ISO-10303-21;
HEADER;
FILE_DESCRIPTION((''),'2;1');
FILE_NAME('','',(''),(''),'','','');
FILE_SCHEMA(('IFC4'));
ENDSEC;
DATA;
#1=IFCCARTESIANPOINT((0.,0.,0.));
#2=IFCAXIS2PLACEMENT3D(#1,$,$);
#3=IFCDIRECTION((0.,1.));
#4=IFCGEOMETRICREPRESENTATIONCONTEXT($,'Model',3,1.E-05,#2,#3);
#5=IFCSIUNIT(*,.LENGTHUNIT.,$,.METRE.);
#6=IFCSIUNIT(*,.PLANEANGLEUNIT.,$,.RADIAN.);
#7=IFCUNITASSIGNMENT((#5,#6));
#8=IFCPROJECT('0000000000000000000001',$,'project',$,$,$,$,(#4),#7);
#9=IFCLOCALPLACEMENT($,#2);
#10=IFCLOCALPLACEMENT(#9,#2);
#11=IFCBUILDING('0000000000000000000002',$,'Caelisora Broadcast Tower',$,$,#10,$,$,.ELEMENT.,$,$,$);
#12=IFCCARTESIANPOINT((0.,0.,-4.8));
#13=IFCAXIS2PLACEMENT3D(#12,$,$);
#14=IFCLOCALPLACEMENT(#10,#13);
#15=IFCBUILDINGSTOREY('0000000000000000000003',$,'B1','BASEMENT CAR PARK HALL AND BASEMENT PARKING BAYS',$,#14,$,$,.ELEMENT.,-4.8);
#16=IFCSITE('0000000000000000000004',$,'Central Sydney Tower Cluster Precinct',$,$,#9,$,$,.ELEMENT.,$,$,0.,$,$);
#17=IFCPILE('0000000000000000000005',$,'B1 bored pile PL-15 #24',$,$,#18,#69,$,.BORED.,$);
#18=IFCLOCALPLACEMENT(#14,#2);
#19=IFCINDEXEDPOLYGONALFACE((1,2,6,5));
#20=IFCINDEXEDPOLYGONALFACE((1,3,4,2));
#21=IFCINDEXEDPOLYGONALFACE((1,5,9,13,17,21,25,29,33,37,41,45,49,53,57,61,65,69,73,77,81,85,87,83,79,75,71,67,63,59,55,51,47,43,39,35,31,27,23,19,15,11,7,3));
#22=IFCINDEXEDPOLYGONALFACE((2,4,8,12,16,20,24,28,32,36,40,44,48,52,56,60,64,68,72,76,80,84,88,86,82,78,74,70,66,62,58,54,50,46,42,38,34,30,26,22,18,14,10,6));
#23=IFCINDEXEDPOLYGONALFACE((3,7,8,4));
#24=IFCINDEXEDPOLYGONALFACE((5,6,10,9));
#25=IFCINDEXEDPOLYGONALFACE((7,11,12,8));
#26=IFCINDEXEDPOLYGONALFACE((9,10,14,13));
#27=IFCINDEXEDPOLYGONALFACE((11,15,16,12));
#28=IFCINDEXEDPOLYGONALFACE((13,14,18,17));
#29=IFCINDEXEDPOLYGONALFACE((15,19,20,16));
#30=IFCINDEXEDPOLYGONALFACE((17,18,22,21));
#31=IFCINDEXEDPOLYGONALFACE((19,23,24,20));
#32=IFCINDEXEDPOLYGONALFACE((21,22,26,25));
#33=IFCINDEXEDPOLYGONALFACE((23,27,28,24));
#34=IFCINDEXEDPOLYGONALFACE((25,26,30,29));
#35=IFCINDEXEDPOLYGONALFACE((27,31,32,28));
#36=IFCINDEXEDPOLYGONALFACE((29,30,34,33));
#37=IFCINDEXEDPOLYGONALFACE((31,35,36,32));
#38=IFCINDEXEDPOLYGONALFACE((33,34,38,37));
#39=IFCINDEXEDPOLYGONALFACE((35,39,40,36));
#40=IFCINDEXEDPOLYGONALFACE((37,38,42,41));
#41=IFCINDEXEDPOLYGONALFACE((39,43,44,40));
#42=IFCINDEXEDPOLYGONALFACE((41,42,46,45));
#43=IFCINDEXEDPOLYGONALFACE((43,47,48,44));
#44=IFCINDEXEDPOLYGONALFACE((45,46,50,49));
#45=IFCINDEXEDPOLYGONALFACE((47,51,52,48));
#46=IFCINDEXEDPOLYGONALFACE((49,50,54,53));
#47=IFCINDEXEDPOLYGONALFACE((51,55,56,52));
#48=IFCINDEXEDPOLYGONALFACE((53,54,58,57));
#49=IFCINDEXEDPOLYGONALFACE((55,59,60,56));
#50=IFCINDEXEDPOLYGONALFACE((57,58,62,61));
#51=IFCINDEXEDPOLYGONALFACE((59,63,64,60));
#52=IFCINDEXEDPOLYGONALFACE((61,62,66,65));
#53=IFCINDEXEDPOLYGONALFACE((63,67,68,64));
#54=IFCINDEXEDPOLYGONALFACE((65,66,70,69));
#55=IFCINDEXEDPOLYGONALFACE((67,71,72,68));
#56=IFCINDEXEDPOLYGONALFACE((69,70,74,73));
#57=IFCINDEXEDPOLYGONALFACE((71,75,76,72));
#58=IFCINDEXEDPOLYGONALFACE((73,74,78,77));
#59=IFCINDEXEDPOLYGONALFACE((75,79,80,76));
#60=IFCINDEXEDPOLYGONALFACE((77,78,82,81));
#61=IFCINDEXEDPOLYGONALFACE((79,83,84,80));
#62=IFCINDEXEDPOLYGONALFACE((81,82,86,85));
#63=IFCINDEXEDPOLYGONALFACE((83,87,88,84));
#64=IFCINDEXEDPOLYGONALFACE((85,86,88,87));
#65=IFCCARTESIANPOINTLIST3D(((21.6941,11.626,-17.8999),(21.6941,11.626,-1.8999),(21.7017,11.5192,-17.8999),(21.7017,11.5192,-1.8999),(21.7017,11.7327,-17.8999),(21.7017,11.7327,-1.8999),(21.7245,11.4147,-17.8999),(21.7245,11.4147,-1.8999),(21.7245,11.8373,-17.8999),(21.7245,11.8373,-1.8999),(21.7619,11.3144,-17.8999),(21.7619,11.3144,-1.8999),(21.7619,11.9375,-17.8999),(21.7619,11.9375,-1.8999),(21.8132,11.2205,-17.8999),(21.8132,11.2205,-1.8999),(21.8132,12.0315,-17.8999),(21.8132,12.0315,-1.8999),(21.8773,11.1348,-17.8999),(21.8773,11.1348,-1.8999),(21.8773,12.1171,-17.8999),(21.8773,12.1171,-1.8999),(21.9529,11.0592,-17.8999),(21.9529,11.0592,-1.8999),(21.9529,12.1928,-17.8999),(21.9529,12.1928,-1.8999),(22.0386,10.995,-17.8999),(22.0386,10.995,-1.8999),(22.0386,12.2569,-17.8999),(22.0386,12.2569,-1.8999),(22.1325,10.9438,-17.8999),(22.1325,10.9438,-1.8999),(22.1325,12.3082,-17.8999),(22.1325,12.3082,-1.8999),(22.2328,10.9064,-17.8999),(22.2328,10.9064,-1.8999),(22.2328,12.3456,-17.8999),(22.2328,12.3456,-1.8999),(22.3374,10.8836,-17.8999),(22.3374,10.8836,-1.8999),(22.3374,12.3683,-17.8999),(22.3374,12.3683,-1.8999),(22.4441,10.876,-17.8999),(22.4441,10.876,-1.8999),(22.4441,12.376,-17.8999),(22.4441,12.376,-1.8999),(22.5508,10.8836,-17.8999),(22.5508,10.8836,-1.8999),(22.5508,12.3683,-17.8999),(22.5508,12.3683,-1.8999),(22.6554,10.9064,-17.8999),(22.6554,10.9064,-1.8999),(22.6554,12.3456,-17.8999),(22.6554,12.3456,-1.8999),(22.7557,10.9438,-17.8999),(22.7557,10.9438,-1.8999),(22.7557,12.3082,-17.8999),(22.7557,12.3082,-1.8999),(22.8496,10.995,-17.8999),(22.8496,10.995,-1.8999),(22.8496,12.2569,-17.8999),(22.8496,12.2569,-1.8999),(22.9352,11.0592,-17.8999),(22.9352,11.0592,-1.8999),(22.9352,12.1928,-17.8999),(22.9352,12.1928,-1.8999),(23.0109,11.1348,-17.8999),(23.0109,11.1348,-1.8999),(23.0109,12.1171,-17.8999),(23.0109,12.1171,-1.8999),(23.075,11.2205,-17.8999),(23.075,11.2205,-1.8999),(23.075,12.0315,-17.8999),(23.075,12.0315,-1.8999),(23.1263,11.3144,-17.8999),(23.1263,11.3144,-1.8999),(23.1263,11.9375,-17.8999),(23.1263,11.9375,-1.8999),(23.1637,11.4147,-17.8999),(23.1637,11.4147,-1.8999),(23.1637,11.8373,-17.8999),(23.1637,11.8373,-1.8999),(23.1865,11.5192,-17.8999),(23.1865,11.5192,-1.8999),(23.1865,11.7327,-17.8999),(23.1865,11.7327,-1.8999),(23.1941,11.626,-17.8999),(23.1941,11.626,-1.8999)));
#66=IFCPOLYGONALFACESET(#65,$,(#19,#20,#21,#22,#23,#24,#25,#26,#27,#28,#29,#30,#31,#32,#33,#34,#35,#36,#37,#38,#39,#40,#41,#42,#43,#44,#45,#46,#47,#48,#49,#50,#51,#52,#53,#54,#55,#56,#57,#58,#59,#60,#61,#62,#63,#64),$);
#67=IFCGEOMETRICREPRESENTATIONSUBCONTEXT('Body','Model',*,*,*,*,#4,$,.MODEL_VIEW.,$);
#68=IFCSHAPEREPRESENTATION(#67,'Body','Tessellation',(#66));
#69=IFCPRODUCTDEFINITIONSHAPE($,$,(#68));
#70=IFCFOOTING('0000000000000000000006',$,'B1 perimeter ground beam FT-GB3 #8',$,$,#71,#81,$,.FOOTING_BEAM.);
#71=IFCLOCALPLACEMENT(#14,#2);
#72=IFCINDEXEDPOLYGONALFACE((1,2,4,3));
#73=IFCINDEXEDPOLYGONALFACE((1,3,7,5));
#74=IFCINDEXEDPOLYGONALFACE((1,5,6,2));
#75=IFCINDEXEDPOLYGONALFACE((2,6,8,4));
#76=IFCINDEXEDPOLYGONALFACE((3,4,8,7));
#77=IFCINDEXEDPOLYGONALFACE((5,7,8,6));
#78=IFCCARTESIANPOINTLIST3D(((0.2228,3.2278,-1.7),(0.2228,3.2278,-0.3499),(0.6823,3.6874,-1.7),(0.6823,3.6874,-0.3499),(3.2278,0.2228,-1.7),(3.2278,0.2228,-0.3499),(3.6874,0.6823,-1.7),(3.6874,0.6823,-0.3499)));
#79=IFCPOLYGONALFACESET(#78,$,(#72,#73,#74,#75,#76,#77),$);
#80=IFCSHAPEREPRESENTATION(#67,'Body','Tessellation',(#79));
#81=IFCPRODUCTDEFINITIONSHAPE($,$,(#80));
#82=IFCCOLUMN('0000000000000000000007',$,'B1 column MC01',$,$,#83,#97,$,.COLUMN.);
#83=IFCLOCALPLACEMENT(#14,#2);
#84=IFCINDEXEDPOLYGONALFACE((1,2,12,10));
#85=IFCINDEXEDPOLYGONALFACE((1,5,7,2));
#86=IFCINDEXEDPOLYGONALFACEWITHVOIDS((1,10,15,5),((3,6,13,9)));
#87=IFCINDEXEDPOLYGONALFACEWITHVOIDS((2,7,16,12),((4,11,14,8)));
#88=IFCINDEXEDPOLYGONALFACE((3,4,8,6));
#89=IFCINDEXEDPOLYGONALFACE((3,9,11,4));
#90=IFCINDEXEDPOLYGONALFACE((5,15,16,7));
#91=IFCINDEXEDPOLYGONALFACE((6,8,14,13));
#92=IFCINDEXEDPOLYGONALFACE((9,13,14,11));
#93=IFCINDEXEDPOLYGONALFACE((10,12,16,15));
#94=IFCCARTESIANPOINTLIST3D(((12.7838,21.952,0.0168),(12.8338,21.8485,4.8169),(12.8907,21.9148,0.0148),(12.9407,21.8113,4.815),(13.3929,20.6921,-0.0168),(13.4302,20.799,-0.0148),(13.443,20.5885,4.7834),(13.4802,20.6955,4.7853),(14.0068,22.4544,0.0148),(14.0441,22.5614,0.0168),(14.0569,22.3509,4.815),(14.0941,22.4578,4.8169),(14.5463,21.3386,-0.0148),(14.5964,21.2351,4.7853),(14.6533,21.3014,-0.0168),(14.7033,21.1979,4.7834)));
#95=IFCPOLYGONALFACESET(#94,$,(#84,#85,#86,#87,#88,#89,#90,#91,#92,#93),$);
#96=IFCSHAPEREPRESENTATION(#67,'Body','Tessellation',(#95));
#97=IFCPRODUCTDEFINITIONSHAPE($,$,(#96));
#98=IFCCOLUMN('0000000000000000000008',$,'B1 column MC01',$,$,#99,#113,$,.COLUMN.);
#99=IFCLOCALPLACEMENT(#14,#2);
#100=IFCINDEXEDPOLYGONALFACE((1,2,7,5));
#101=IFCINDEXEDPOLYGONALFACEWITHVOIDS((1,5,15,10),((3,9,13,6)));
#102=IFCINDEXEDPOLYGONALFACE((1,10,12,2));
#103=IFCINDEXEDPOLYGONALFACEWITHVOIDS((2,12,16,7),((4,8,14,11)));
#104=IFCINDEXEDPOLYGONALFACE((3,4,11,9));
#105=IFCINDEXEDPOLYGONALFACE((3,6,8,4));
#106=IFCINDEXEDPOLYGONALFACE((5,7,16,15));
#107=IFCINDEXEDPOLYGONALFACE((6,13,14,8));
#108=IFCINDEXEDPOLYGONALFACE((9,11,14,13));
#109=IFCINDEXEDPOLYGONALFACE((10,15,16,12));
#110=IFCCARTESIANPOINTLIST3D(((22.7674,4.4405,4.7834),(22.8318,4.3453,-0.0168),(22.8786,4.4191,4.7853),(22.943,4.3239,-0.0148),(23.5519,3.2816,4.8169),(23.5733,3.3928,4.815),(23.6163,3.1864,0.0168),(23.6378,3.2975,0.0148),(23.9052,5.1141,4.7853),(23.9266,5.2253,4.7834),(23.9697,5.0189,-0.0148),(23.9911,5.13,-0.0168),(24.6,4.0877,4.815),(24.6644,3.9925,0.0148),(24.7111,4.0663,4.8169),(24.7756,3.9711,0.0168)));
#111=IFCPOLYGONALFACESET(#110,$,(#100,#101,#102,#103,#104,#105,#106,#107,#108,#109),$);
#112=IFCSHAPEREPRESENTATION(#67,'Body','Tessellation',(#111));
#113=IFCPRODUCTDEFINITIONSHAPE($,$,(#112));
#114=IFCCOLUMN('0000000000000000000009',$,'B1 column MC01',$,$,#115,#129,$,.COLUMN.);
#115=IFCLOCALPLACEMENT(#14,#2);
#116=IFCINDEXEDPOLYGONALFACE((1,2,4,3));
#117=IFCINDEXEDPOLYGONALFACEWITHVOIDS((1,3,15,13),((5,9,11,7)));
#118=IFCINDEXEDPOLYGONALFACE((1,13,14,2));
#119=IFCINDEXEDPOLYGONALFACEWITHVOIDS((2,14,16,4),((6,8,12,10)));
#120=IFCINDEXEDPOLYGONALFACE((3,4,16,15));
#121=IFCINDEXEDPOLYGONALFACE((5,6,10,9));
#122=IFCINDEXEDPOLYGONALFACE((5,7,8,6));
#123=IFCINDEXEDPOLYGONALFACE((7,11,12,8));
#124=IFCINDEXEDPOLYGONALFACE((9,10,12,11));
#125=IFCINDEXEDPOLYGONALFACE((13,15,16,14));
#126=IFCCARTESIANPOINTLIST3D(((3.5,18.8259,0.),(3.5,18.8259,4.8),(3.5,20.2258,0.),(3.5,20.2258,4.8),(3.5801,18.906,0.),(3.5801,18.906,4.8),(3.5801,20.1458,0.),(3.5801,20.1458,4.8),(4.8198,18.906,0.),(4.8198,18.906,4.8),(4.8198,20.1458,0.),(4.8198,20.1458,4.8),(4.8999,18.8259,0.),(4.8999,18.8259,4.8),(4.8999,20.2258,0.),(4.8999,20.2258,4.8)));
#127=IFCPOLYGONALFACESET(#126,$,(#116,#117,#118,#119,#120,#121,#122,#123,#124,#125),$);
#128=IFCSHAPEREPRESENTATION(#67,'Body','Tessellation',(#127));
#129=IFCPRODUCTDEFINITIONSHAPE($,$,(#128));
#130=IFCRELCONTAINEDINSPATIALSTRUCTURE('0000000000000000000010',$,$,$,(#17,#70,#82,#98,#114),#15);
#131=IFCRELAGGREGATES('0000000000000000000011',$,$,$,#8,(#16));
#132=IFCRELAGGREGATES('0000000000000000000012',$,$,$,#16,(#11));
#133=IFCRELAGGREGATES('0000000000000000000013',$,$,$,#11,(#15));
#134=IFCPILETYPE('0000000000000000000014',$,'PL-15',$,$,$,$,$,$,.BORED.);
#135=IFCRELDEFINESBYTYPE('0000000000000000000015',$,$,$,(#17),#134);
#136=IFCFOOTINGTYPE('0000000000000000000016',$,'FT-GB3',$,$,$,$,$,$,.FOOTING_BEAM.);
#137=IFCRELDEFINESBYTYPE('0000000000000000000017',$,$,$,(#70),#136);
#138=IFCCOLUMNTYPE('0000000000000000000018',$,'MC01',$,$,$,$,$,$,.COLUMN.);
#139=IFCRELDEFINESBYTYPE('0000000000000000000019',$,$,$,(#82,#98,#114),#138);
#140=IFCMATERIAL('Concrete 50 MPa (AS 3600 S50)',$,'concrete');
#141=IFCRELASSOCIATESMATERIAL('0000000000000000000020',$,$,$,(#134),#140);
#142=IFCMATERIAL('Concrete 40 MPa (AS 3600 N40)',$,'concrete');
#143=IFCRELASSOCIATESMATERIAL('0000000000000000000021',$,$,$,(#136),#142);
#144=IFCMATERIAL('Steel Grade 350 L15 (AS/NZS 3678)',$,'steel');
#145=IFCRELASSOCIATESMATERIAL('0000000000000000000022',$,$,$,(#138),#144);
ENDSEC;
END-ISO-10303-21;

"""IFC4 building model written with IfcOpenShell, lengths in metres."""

from ifc_helpers import new_model, si_unit, direction, frame, origin, origin_2d, place, context, subcontext, project, spatial, rectangle, hollow_rectangle, circle, extrude, source, transform, mapped, material, material_profile, profile_set, type_object, type_shapes, element, save


model = new_model("IFC4")

# Units and contexts
model_context = context("Model", 3, precision=1e-05, world=origin(), true_north=direction((0.0, 1.0)))
body_context = subcontext(model_context, "Body", "Model", "MODEL_VIEW")
ifc_project = project(units=[si_unit("LENGTHUNIT", "METRE"), si_unit("PLANEANGLEUNIT", "RADIAN")], contexts=[model_context])

# Site, building, storey
site_placement = place(None, origin())
site = spatial("IfcSite", under=ifc_project, at=site_placement, Name="Central Sydney Tower Cluster Precinct", CompositionType="ELEMENT", RefElevation=0.0)
building_placement = place(site_placement, origin())
building = spatial("IfcBuilding", under=site, at=building_placement, Name="Caelisora Broadcast Tower", CompositionType="ELEMENT")
storey_placement = place(building_placement, frame((0.0, 0.0, -4.8)))
storey = spatial("IfcBuildingStorey", under=building, at=storey_placement, Name="B1", Description="BASEMENT CAR PARK HALL AND BASEMENT PARKING BAYS", CompositionType="ELEMENT", Elevation=-4.8)

# Shared definitions
ifc_material_1 = material(Name="Concrete 50 MPa (AS 3600 S50)", Category="concrete")

# Pile
ifc_material_profile_1 = material_profile(ifc_material_1, circle(Radius=0.75, at=origin_2d()), Name="Concrete 50 MPa (AS 3600 S50)")
ifc_profile_set_1 = profile_set([ifc_material_profile_1], Name="Concrete 50 MPa (AS 3600 S50)")
pile_type_1 = type_object("IfcPileType", Name="PL-15", PredefinedType="BORED", material=ifc_profile_set_1)
for number, where, z_axis, x_axis, name in (
    (1, (22.4441, 11.626, -1.8999), (0.0, 0.0, -1.0), (1.0, 0.0, 0.0), "B1 bored pile PL-15 #24"),
):
    element("IfcPile", number, at=place(storey_placement, frame(where, z_axis=z_axis, x_axis=x_axis)), inside=storey, type_object=pile_type_1, Name=name, PredefinedType="BORED", context=body_context, shape_type="SweptSolid", body=[
        extrude(circle(Radius=0.75, at=origin_2d()), origin(), (0.0, 0.0, 1.0), 16.0),
    ])

# Footing
ifc_material_2 = material(Name="Concrete 40 MPa (AS 3600 N40)", Category="concrete")
footing_type_1 = type_object("IfcFootingType", Name="FT-GB3", PredefinedType="FOOTING_BEAM", material=ifc_material_2)
shared_shape_1 = source(origin(), body_context, "Body", "SweptSolid", [
    extrude(rectangle(XDim=4.2498, YDim=0.6499, at=origin_2d()), origin(), (0.0, 0.0, 1.0), 1.3501),
])
type_shapes(footing_type_1, [shared_shape_1])
footing_1_placement = place(storey_placement, frame((1.9551, 1.9551, -1.7), z_axis=(0.0, 0.0, 1.0), x_axis=(0.707107, -0.707107, 0.0)))
element("IfcFooting", 2, at=footing_1_placement, inside=storey, type_object=footing_type_1, Name="B1 perimeter ground beam FT-GB3 #8", PredefinedType="FOOTING_BEAM", context=body_context, shape_type="MappedRepresentation", body=[
    mapped(shared_shape_1, transform((0.0, 0.0, 0.0), scale=1.0)),
])

# Columns
ifc_material_3 = material(Name="Steel Grade 350 L15 (AS/NZS 3678)", Category="steel")
ifc_material_profile_2 = material_profile(ifc_material_3, hollow_rectangle(XDim=1.3999, YDim=1.3999, WallThickness=0.0801, at=origin_2d()), Name="Steel Grade 350 L15 (AS/NZS 3678)")
ifc_profile_set_2 = profile_set([ifc_material_profile_2], Name="Steel Grade 350 L15 (AS/NZS 3678)")
column_type_1 = type_object("IfcColumnType", Name="MC01", PredefinedType="COLUMN", material=ifc_profile_set_2)
shared_shape_2 = source(origin(), body_context, "Body", "SweptSolid", [
    extrude(hollow_rectangle(XDim=1.3999, YDim=1.3999, WallThickness=0.0801, at=origin_2d()), origin(), (0.0, 0.0, 1.0), 4.8015),
])
for number, where, z_axis, x_axis, name in (
    (3, (13.7185, 21.6267, 0.0), (0.010424, -0.021559, 0.999713), (0.900293, 0.435283, 0.0), "B1 column MC01"),
    (4, (23.8037, 4.1582, 0.0), (-0.013424, 0.019831, 0.999713), (-0.828109, -0.560566, 0.0), "B1 column MC01"),
):
    element("IfcColumn", number, at=place(storey_placement, frame(where, z_axis=z_axis, x_axis=x_axis)), inside=storey, type_object=column_type_1, Name=name, PredefinedType="COLUMN", context=body_context, shape_type="MappedRepresentation", body=[
        mapped(shared_shape_2, transform((0.0, 0.0, 0.0), scale=1.0)),
    ])
shared_shape_3 = source(origin(), body_context, "Body", "SweptSolid", [
    extrude(hollow_rectangle(XDim=1.3999, YDim=1.3999, WallThickness=0.0801, at=origin_2d()), origin(), (0.0, 0.0, 1.0), 4.8),
])
type_shapes(column_type_1, [shared_shape_2, shared_shape_3])
column_placement = place(storey_placement, frame((4.2, 19.5259, 0.0), z_axis=(0.0, 0.0, 1.0), x_axis=(1.0, 0.0, 0.0)))
element("IfcColumn", 5, at=column_placement, inside=storey, type_object=column_type_1, Name="B1 column MC01", PredefinedType="COLUMN", context=body_context, shape_type="MappedRepresentation", body=[
    mapped(shared_shape_3, transform((0.0, 0.0, 0.0), scale=1.0)),
])

save(model, "model.ifc")
